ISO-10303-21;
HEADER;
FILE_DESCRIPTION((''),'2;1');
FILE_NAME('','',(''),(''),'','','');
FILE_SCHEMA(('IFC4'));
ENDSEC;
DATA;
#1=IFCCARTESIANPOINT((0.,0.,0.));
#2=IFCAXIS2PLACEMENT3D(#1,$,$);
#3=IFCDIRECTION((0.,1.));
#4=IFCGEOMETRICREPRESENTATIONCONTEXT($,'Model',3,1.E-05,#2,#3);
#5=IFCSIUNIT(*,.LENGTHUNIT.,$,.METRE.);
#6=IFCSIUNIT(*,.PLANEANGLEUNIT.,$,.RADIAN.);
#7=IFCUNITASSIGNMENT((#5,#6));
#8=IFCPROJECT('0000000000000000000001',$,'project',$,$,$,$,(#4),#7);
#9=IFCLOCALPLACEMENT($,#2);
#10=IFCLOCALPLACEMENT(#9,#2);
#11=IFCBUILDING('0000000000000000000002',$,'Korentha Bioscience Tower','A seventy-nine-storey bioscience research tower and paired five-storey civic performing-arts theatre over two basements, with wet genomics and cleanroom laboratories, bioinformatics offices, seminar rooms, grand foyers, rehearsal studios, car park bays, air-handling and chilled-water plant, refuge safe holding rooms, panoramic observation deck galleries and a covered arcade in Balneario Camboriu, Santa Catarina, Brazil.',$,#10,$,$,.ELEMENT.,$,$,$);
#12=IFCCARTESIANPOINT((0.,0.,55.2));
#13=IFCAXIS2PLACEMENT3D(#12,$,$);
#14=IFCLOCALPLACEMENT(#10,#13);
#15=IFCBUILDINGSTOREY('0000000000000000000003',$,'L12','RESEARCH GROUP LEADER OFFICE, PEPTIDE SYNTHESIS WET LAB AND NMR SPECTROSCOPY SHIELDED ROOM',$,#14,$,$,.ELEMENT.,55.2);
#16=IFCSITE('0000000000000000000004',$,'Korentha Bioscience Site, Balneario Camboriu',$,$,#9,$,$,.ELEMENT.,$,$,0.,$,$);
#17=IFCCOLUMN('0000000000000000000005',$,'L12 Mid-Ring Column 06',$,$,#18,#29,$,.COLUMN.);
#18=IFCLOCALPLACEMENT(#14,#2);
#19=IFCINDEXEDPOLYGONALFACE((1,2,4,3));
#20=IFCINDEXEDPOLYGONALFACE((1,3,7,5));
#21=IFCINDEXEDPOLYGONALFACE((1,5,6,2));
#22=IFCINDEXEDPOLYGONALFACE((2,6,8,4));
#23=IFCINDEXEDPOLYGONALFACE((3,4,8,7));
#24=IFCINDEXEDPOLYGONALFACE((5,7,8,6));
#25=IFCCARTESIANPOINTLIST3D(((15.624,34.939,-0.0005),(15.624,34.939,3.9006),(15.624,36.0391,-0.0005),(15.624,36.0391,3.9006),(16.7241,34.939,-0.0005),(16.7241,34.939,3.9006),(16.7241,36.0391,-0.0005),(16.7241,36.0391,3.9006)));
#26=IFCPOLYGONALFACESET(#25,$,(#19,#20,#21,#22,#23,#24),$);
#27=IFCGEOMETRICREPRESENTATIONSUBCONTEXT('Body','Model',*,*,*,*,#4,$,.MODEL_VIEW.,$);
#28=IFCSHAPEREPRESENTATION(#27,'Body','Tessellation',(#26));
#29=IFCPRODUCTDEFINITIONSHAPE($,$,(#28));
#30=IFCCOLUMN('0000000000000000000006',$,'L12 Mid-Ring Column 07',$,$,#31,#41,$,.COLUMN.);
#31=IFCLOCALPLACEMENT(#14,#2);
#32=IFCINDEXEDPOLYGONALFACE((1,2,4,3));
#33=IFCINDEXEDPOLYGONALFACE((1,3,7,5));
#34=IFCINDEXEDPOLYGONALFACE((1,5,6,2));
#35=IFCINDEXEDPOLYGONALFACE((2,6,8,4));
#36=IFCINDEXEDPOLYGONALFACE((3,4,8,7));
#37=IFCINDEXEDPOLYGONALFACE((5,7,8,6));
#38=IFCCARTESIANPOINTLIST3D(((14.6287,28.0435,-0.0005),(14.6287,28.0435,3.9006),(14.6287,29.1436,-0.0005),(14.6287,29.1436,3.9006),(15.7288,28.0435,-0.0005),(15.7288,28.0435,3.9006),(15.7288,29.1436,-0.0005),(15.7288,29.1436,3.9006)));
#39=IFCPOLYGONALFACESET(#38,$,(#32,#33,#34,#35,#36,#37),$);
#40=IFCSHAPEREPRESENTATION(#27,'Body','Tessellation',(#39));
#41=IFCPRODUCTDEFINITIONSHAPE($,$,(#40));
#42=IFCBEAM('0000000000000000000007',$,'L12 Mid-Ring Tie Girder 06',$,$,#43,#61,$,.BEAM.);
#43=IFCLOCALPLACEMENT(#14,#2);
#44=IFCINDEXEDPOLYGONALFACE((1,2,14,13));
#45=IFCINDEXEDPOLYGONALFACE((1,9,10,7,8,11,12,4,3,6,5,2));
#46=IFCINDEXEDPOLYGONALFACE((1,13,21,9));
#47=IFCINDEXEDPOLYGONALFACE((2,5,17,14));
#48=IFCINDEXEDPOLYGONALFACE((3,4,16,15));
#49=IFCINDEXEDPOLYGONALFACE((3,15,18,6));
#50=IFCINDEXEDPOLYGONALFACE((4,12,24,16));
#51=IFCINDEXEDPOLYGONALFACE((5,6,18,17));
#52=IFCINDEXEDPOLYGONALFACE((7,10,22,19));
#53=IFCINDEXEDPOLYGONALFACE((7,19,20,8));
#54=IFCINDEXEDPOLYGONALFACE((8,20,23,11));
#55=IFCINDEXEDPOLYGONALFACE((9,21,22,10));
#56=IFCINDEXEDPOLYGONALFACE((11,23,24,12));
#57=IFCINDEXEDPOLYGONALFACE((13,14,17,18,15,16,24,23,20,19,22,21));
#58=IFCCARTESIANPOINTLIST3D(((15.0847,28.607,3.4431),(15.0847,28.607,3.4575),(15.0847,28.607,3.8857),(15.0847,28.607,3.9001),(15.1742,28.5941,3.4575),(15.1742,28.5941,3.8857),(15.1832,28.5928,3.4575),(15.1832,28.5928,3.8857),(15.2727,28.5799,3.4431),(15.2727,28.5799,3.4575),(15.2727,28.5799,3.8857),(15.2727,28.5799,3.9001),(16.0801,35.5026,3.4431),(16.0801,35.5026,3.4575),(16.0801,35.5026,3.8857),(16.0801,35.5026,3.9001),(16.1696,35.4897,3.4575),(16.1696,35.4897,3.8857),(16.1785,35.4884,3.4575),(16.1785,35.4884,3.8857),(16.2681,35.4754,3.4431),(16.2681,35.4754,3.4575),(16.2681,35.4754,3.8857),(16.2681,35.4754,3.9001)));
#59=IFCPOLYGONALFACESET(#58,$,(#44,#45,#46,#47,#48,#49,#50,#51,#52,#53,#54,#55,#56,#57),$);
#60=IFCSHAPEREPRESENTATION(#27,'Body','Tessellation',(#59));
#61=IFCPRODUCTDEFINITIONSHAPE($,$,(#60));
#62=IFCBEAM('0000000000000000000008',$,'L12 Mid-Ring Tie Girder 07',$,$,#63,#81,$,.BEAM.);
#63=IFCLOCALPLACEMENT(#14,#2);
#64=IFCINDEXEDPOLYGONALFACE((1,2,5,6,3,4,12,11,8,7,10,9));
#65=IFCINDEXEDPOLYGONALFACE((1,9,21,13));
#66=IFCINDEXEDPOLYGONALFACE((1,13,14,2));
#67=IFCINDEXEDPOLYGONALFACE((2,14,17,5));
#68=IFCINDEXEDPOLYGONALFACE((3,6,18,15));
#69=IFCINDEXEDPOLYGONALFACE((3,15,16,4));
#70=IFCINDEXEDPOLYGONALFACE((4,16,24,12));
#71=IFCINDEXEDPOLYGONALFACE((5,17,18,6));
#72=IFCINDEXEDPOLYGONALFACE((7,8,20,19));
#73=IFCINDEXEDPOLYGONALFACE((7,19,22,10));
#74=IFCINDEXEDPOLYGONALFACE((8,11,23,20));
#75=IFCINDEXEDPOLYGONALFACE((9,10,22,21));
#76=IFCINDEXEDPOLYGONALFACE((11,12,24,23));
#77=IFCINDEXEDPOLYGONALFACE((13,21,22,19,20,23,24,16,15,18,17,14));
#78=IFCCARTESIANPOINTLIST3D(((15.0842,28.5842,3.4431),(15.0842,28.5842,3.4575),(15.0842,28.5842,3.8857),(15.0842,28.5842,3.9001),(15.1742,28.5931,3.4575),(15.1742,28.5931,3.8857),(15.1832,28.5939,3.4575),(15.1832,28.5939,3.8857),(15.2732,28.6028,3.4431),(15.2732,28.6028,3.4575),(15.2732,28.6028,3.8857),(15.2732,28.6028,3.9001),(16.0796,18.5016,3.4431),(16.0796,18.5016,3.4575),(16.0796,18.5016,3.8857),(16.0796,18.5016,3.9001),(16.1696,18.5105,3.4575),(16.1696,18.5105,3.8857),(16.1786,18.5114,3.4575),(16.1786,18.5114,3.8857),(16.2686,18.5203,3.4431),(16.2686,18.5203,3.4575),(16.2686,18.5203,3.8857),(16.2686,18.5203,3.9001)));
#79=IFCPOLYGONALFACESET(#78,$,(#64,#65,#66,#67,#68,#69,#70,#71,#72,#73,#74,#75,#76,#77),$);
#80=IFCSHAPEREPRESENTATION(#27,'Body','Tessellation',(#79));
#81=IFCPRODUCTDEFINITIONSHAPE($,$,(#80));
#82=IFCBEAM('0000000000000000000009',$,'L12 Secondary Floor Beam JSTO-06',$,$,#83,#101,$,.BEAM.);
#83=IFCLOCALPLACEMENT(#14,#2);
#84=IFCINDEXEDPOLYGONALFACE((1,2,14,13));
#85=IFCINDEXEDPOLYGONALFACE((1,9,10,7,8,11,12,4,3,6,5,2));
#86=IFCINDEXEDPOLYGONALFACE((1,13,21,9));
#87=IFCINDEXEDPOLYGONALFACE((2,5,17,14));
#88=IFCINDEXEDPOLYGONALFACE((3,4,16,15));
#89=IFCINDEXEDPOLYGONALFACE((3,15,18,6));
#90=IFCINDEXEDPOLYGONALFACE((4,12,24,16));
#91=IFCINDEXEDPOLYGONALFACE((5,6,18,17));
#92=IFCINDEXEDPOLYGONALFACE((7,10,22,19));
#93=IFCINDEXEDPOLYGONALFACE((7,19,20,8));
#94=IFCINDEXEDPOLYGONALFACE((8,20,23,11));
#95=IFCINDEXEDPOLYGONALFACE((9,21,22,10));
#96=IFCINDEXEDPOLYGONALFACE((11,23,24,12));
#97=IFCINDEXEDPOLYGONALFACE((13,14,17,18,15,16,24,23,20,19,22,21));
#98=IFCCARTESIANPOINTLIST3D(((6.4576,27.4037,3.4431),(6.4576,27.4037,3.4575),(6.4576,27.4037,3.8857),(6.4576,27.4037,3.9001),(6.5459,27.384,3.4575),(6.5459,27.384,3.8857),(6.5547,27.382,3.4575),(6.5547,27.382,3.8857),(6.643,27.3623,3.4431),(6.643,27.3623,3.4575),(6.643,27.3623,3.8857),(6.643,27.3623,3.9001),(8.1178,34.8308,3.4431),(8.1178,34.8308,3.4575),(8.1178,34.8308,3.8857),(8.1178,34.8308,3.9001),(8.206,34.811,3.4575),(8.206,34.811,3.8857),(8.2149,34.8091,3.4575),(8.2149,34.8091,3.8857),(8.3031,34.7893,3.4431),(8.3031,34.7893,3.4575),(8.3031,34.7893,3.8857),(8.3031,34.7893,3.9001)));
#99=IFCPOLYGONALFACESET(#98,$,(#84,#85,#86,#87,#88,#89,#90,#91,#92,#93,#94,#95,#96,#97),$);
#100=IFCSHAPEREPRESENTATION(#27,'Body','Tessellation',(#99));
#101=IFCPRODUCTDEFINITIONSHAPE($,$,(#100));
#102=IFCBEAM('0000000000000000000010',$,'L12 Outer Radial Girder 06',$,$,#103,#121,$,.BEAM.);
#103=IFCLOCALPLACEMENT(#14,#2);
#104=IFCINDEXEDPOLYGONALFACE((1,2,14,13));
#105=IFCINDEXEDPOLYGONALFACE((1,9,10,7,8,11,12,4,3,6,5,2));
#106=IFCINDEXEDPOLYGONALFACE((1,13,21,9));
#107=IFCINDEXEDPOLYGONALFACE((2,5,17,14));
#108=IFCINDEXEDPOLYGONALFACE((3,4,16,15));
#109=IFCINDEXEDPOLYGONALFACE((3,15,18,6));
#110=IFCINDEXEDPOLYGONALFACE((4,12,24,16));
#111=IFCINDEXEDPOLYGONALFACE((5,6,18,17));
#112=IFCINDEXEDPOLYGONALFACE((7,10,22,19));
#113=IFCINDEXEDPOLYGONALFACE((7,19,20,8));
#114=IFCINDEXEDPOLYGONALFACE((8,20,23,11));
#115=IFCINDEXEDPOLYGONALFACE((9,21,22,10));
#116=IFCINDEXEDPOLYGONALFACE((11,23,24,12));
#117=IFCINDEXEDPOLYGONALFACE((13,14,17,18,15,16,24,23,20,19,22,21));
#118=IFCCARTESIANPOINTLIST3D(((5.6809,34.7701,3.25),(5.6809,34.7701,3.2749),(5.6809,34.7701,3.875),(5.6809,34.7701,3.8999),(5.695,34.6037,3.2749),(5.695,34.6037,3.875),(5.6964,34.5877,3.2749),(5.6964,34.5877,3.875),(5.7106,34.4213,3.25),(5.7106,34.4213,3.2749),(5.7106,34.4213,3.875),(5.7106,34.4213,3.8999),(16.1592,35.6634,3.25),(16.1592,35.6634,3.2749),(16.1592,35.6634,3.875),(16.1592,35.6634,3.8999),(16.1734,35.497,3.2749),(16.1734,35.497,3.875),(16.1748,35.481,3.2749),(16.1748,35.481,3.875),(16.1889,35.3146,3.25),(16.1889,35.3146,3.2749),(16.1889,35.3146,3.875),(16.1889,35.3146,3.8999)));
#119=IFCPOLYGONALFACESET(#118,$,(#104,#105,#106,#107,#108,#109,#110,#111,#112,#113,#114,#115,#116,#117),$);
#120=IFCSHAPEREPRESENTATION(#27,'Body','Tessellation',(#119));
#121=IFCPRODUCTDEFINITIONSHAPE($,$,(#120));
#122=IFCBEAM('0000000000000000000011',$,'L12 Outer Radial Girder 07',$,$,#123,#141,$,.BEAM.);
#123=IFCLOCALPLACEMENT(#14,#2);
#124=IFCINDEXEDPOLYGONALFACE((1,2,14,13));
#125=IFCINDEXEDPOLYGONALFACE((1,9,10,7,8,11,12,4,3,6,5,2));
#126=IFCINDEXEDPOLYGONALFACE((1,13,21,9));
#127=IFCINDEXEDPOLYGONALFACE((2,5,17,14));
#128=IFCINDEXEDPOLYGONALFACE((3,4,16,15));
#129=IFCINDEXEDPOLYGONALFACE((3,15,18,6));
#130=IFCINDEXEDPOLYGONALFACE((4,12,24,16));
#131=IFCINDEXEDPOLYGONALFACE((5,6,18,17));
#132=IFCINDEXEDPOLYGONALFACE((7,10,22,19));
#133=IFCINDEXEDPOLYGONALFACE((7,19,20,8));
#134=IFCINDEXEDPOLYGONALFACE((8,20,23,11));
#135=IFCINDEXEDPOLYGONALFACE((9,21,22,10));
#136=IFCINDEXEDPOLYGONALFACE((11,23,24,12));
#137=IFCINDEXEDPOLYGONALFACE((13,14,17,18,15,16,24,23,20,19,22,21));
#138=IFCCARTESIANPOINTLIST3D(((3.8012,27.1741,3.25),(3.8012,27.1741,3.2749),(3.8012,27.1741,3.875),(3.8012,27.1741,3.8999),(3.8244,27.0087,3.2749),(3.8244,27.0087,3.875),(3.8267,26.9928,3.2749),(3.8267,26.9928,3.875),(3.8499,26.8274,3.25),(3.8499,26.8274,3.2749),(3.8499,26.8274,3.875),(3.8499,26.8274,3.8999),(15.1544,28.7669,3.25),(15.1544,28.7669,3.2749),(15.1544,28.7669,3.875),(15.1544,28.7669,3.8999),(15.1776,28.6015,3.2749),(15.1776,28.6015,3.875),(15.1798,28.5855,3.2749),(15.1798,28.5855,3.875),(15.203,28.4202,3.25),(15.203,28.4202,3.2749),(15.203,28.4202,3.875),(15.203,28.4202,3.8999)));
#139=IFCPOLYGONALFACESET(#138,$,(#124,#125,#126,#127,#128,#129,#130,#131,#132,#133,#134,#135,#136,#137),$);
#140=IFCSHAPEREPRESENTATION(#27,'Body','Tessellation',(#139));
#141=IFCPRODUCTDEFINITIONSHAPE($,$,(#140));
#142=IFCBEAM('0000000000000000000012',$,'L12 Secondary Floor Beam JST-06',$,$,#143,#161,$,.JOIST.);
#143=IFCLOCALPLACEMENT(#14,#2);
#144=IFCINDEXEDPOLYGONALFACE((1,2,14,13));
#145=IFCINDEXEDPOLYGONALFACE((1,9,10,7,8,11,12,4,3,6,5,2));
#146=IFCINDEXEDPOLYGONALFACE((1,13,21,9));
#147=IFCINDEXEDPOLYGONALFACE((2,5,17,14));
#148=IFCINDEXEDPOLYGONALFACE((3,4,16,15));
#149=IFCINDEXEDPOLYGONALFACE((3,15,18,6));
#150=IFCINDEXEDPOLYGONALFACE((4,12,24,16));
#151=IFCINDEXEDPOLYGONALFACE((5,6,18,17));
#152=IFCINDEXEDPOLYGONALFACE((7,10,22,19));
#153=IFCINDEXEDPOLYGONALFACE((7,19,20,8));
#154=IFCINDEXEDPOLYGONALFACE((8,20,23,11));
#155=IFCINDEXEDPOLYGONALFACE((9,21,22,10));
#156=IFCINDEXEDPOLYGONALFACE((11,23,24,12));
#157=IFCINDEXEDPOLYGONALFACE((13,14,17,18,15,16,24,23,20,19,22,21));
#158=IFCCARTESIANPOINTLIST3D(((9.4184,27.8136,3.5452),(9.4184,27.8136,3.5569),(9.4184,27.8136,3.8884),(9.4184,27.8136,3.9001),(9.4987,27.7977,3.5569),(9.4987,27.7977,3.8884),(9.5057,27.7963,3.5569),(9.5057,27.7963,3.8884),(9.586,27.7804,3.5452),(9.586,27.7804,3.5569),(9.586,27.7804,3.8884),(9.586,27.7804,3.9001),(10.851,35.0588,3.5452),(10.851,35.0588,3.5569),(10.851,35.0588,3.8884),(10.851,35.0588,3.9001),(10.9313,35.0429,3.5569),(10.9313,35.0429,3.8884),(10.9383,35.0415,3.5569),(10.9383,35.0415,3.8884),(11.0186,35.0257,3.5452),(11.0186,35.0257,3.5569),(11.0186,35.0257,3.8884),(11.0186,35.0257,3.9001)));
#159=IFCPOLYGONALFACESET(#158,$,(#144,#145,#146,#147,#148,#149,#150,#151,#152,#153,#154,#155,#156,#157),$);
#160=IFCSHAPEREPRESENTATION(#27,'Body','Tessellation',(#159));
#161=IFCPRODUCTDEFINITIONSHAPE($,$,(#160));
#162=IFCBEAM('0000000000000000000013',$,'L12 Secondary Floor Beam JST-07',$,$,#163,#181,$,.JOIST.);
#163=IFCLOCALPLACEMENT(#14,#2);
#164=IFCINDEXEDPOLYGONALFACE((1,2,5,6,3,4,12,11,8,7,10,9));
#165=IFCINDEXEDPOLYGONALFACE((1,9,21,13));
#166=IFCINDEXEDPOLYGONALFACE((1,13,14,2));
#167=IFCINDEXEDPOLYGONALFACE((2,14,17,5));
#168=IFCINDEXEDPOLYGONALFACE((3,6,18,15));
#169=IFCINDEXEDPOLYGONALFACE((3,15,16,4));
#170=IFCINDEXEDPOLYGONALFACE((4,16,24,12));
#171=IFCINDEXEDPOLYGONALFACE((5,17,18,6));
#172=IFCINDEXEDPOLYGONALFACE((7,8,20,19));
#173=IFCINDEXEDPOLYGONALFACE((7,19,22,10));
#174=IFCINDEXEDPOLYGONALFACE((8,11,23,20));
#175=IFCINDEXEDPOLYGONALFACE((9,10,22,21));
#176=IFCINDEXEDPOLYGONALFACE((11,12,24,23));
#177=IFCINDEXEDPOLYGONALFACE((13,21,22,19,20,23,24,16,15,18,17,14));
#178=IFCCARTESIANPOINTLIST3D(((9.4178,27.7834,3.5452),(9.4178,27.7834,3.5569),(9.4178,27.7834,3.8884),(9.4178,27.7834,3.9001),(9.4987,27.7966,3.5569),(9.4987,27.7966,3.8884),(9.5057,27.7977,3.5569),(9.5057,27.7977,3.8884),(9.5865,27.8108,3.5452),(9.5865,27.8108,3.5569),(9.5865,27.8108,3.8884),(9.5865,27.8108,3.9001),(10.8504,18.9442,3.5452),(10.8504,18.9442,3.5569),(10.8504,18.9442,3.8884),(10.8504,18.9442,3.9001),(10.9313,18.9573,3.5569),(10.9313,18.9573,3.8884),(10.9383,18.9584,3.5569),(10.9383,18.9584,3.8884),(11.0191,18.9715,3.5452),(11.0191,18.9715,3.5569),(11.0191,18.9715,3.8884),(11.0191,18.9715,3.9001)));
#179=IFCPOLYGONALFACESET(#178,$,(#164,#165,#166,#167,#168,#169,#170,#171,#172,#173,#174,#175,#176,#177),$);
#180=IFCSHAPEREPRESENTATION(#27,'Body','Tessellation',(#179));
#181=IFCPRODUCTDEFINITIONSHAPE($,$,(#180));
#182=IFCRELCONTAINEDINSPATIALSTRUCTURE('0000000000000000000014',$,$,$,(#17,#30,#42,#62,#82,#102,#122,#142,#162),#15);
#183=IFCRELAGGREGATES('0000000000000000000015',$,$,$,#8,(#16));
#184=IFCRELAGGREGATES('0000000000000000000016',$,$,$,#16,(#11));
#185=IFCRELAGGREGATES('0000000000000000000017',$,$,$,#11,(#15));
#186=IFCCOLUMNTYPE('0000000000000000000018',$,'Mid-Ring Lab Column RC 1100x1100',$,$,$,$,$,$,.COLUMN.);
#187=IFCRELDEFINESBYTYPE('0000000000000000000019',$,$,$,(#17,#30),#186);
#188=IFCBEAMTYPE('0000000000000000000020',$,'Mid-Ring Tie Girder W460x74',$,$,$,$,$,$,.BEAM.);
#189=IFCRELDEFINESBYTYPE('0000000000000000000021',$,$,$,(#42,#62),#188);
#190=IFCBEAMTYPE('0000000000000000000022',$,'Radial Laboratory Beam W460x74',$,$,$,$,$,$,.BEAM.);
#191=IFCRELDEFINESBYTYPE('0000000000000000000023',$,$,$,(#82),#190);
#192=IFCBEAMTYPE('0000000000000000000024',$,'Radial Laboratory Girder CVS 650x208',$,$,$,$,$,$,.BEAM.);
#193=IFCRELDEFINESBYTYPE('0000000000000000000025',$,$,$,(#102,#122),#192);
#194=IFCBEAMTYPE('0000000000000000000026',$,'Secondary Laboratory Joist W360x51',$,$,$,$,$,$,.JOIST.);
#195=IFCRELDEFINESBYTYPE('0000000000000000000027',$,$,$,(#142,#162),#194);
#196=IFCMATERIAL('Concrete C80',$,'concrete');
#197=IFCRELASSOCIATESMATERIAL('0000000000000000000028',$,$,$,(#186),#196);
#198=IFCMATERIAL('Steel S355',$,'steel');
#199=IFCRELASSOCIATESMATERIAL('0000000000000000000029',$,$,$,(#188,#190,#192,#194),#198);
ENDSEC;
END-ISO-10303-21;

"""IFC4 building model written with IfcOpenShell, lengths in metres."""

from ifc_helpers import new_model, si_unit, direction, frame, origin, origin_2d, place, context, subcontext, project, spatial, rectangle, i_section, extrude, material, material_profile, profile_set, type_object, element, save


model = new_model("IFC4")

# Units and contexts
model_context = context("Model", 3, precision=1e-05, world=origin(), true_north=direction((0.0, 1.0)))
body_context = subcontext(model_context, "Body", "Model", "MODEL_VIEW")
ifc_project = project(units=[si_unit("LENGTHUNIT", "METRE"), si_unit("PLANEANGLEUNIT", "RADIAN")], contexts=[model_context])

# Site, building, storey
site_placement = place(None, origin())
site = spatial("IfcSite", under=ifc_project, at=site_placement, Name="Korentha Bioscience Site, Balneario Camboriu", CompositionType="ELEMENT", RefElevation=0.0)
building_placement = place(site_placement, origin())
building = spatial("IfcBuilding", under=site, at=building_placement, Name="Korentha Bioscience Tower", Description="A seventy-nine-storey bioscience research tower and paired five-storey civic performing-arts theatre over two basements, with wet genomics and cleanroom laboratories, bioinformatics offices, seminar rooms, grand foyers, rehearsal studios, car park bays, air-handling and chilled-water plant, refuge safe holding rooms, panoramic observation deck galleries and a covered arcade in Balneario Camboriu, Santa Catarina, Brazil.", CompositionType="ELEMENT")
storey_placement = place(building_placement, frame((0.0, 0.0, 55.2)))
storey = spatial("IfcBuildingStorey", under=building, at=storey_placement, Name="L12", Description="RESEARCH GROUP LEADER OFFICE, PEPTIDE SYNTHESIS WET LAB AND NMR SPECTROSCOPY SHIELDED ROOM", CompositionType="ELEMENT", Elevation=55.2)

# Columns
ifc_material_1 = material(Name="Concrete C80", Category="concrete")
ifc_material_profile_1 = material_profile(ifc_material_1, rectangle(XDim=1.1001, YDim=1.1001, at=origin_2d()), Name="Concrete C80")
ifc_profile_set_1 = profile_set([ifc_material_profile_1], Name="Concrete C80 (COL-MR11)")
column_type = type_object("IfcColumnType", Name="Mid-Ring Lab Column RC 1100x1100", PredefinedType="COLUMN", material=ifc_profile_set_1)
for number, where, z_axis, x_axis, name in (
    (1, (16.1741, 35.489, -0.0005), (0.0, 0.0, 1.0), (1.0, 0.0, 0.0), "L12 Mid-Ring Column 06"),
    (2, (15.1787, 28.5935, -0.0005), (0.0, 0.0, 1.0), (1.0, 0.0, 0.0), "L12 Mid-Ring Column 07"),
):
    element("IfcColumn", number, at=place(storey_placement, frame(where, z_axis=z_axis, x_axis=x_axis)), inside=storey, type_object=column_type, Name=name, PredefinedType="COLUMN", context=body_context, shape_type="SweptSolid", body=[
        extrude(rectangle(XDim=1.1001, YDim=1.1001, at=origin_2d()), origin(), (0.0, 0.0, 1.0), 3.9011),
    ])

# Beams
ifc_material_2 = material(Name="Steel S355", Category="steel")
ifc_material_profile_2 = material_profile(ifc_material_2, i_section(OverallWidth=0.1899, OverallDepth=0.457, WebThickness=0.009, FlangeThickness=0.0144, at=origin_2d()), Name="Steel S355")
ifc_profile_set_2 = profile_set([ifc_material_profile_2], Name="Steel S355 (MB-460)")
beam_type_1 = type_object("IfcBeamType", Name="Mid-Ring Tie Girder W460x74", PredefinedType="BEAM", material=ifc_profile_set_2)
beam_1_placement = place(storey_placement, frame((16.1741, 35.489, 3.6716), z_axis=(-0.142868, -0.989742, 0.0), x_axis=(0.989742, -0.142868, 0.0)))
element("IfcBeam", 3, at=beam_1_placement, inside=storey, type_object=beam_type_1, Name="L12 Mid-Ring Tie Girder 06", PredefinedType="BEAM", context=body_context, shape_type="SweptSolid", body=[
    extrude(i_section(OverallWidth=0.1899, OverallDepth=0.457, WebThickness=0.009, FlangeThickness=0.0144, at=origin_2d()), origin(), (0.0, 0.0, 1.0), 6.967),
])
beam_2_placement = place(storey_placement, frame((15.1787, 28.5935, 3.6716), z_axis=(0.098244, -0.995162, 0.0), x_axis=(0.995162, 0.098244, 0.0)))
element("IfcBeam", 4, at=beam_2_placement, inside=storey, type_object=beam_type_1, Name="L12 Mid-Ring Tie Girder 07", PredefinedType="BEAM", context=body_context, shape_type="SweptSolid", body=[
    extrude(i_section(OverallWidth=0.1899, OverallDepth=0.457, WebThickness=0.009, FlangeThickness=0.0144, at=origin_2d()), origin(), (0.0, 0.0, 1.0), 10.1316),
])
ifc_material_profile_3 = material_profile(ifc_material_2, i_section(OverallWidth=0.1899, OverallDepth=0.457, WebThickness=0.009, FlangeThickness=0.0144, at=origin_2d()), Name="Steel S355")
ifc_profile_set_3 = profile_set([ifc_material_profile_3], Name="Steel S355 (RB-460)")
beam_type_2 = type_object("IfcBeamType", Name="Radial Laboratory Beam W460x74", PredefinedType="BEAM", material=ifc_profile_set_3)
beam_3_placement = place(storey_placement, frame((8.2104, 34.8101, 3.6716), z_axis=(-0.218146, -0.975916, 0.0), x_axis=(0.975916, -0.218146, 0.0)))
element("IfcBeam", 5, at=beam_3_placement, inside=storey, type_object=beam_type_2, Name="L12 Secondary Floor Beam JSTO-06", PredefinedType="BEAM", context=body_context, shape_type="SweptSolid", body=[
    extrude(i_section(OverallWidth=0.1899, OverallDepth=0.457, WebThickness=0.009, FlangeThickness=0.0144, at=origin_2d()), origin(), (0.0, 0.0, 1.0), 7.6104),
])
ifc_material_profile_4 = material_profile(ifc_material_2, i_section(OverallWidth=0.3501, OverallDepth=0.6499, WebThickness=0.0161, FlangeThickness=0.0249, at=origin_2d()), Name="Steel S355")
ifc_profile_set_4 = profile_set([ifc_material_profile_4], Name="Steel S355 (RB-650)")
beam_type_3 = type_object("IfcBeamType", Name="Radial Laboratory Girder CVS 650x208", PredefinedType="BEAM", material=ifc_profile_set_4)
beam_4_placement = place(storey_placement, frame((16.1741, 35.489, 3.575), z_axis=(-0.996386, -0.084945, 0.0), x_axis=(0.084945, -0.996386, 0.0)))
element("IfcBeam", 6, at=beam_4_placement, inside=storey, type_object=beam_type_3, Name="L12 Outer Radial Girder 06", PredefinedType="BEAM", context=body_context, shape_type="SweptSolid", body=[
    extrude(i_section(OverallWidth=0.3501, OverallDepth=0.6499, WebThickness=0.0161, FlangeThickness=0.0249, at=origin_2d()), origin(), (0.0, 0.0, 1.0), 10.5164),
])
beam_5_placement = place(storey_placement, frame((15.1787, 28.5935, 3.575), z_axis=(-0.990302, -0.138931, 0.0), x_axis=(0.138931, -0.990302, 0.0)))
element("IfcBeam", 7, at=beam_5_placement, inside=storey, type_object=beam_type_3, Name="L12 Outer Radial Girder 07", PredefinedType="BEAM", context=body_context, shape_type="SweptSolid", body=[
    extrude(i_section(OverallWidth=0.3501, OverallDepth=0.6499, WebThickness=0.0161, FlangeThickness=0.0249, at=origin_2d()), origin(), (0.0, 0.0, 1.0), 11.4644),
])
ifc_material_profile_5 = material_profile(ifc_material_2, i_section(OverallWidth=0.1709, OverallDepth=0.355, WebThickness=0.0071, FlangeThickness=0.0117, at=origin_2d()), Name="Steel S355")
ifc_profile_set_5 = profile_set([ifc_material_profile_5], Name="Steel S355 (JB-360)")
beam_type_4 = type_object("IfcBeamType", Name="Secondary Laboratory Joist W360x51", PredefinedType="JOIST", material=ifc_profile_set_5)
beam_6_placement = place(storey_placement, frame((10.9348, 35.0422, 3.7227), z_axis=(-0.19398, -0.981006, 0.0), x_axis=(0.981006, -0.19398, 0.0)))
element("IfcBeam", 8, at=beam_6_placement, inside=storey, type_object=beam_type_4, Name="L12 Secondary Floor Beam JST-06", PredefinedType="JOIST", context=body_context, shape_type="SweptSolid", body=[
    extrude(i_section(OverallWidth=0.1709, OverallDepth=0.355, WebThickness=0.0071, FlangeThickness=0.0117, at=origin_2d()), origin(), (0.0, 0.0, 1.0), 7.3855),
])
beam_7_placement = place(storey_placement, frame((9.5022, 27.7971, 3.7227), z_axis=(0.159985, -0.987119, 0.0), x_axis=(0.987119, 0.159985, 0.0)))
element("IfcBeam", 9, at=beam_7_placement, inside=storey, type_object=beam_type_4, Name="L12 Secondary Floor Beam JST-07", PredefinedType="JOIST", context=body_context, shape_type="SweptSolid", body=[
    extrude(i_section(OverallWidth=0.1709, OverallDepth=0.355, WebThickness=0.0071, FlangeThickness=0.0117, at=origin_2d()), origin(), (0.0, 0.0, 1.0), 8.9546),
])

save(model, "model.ifc")
